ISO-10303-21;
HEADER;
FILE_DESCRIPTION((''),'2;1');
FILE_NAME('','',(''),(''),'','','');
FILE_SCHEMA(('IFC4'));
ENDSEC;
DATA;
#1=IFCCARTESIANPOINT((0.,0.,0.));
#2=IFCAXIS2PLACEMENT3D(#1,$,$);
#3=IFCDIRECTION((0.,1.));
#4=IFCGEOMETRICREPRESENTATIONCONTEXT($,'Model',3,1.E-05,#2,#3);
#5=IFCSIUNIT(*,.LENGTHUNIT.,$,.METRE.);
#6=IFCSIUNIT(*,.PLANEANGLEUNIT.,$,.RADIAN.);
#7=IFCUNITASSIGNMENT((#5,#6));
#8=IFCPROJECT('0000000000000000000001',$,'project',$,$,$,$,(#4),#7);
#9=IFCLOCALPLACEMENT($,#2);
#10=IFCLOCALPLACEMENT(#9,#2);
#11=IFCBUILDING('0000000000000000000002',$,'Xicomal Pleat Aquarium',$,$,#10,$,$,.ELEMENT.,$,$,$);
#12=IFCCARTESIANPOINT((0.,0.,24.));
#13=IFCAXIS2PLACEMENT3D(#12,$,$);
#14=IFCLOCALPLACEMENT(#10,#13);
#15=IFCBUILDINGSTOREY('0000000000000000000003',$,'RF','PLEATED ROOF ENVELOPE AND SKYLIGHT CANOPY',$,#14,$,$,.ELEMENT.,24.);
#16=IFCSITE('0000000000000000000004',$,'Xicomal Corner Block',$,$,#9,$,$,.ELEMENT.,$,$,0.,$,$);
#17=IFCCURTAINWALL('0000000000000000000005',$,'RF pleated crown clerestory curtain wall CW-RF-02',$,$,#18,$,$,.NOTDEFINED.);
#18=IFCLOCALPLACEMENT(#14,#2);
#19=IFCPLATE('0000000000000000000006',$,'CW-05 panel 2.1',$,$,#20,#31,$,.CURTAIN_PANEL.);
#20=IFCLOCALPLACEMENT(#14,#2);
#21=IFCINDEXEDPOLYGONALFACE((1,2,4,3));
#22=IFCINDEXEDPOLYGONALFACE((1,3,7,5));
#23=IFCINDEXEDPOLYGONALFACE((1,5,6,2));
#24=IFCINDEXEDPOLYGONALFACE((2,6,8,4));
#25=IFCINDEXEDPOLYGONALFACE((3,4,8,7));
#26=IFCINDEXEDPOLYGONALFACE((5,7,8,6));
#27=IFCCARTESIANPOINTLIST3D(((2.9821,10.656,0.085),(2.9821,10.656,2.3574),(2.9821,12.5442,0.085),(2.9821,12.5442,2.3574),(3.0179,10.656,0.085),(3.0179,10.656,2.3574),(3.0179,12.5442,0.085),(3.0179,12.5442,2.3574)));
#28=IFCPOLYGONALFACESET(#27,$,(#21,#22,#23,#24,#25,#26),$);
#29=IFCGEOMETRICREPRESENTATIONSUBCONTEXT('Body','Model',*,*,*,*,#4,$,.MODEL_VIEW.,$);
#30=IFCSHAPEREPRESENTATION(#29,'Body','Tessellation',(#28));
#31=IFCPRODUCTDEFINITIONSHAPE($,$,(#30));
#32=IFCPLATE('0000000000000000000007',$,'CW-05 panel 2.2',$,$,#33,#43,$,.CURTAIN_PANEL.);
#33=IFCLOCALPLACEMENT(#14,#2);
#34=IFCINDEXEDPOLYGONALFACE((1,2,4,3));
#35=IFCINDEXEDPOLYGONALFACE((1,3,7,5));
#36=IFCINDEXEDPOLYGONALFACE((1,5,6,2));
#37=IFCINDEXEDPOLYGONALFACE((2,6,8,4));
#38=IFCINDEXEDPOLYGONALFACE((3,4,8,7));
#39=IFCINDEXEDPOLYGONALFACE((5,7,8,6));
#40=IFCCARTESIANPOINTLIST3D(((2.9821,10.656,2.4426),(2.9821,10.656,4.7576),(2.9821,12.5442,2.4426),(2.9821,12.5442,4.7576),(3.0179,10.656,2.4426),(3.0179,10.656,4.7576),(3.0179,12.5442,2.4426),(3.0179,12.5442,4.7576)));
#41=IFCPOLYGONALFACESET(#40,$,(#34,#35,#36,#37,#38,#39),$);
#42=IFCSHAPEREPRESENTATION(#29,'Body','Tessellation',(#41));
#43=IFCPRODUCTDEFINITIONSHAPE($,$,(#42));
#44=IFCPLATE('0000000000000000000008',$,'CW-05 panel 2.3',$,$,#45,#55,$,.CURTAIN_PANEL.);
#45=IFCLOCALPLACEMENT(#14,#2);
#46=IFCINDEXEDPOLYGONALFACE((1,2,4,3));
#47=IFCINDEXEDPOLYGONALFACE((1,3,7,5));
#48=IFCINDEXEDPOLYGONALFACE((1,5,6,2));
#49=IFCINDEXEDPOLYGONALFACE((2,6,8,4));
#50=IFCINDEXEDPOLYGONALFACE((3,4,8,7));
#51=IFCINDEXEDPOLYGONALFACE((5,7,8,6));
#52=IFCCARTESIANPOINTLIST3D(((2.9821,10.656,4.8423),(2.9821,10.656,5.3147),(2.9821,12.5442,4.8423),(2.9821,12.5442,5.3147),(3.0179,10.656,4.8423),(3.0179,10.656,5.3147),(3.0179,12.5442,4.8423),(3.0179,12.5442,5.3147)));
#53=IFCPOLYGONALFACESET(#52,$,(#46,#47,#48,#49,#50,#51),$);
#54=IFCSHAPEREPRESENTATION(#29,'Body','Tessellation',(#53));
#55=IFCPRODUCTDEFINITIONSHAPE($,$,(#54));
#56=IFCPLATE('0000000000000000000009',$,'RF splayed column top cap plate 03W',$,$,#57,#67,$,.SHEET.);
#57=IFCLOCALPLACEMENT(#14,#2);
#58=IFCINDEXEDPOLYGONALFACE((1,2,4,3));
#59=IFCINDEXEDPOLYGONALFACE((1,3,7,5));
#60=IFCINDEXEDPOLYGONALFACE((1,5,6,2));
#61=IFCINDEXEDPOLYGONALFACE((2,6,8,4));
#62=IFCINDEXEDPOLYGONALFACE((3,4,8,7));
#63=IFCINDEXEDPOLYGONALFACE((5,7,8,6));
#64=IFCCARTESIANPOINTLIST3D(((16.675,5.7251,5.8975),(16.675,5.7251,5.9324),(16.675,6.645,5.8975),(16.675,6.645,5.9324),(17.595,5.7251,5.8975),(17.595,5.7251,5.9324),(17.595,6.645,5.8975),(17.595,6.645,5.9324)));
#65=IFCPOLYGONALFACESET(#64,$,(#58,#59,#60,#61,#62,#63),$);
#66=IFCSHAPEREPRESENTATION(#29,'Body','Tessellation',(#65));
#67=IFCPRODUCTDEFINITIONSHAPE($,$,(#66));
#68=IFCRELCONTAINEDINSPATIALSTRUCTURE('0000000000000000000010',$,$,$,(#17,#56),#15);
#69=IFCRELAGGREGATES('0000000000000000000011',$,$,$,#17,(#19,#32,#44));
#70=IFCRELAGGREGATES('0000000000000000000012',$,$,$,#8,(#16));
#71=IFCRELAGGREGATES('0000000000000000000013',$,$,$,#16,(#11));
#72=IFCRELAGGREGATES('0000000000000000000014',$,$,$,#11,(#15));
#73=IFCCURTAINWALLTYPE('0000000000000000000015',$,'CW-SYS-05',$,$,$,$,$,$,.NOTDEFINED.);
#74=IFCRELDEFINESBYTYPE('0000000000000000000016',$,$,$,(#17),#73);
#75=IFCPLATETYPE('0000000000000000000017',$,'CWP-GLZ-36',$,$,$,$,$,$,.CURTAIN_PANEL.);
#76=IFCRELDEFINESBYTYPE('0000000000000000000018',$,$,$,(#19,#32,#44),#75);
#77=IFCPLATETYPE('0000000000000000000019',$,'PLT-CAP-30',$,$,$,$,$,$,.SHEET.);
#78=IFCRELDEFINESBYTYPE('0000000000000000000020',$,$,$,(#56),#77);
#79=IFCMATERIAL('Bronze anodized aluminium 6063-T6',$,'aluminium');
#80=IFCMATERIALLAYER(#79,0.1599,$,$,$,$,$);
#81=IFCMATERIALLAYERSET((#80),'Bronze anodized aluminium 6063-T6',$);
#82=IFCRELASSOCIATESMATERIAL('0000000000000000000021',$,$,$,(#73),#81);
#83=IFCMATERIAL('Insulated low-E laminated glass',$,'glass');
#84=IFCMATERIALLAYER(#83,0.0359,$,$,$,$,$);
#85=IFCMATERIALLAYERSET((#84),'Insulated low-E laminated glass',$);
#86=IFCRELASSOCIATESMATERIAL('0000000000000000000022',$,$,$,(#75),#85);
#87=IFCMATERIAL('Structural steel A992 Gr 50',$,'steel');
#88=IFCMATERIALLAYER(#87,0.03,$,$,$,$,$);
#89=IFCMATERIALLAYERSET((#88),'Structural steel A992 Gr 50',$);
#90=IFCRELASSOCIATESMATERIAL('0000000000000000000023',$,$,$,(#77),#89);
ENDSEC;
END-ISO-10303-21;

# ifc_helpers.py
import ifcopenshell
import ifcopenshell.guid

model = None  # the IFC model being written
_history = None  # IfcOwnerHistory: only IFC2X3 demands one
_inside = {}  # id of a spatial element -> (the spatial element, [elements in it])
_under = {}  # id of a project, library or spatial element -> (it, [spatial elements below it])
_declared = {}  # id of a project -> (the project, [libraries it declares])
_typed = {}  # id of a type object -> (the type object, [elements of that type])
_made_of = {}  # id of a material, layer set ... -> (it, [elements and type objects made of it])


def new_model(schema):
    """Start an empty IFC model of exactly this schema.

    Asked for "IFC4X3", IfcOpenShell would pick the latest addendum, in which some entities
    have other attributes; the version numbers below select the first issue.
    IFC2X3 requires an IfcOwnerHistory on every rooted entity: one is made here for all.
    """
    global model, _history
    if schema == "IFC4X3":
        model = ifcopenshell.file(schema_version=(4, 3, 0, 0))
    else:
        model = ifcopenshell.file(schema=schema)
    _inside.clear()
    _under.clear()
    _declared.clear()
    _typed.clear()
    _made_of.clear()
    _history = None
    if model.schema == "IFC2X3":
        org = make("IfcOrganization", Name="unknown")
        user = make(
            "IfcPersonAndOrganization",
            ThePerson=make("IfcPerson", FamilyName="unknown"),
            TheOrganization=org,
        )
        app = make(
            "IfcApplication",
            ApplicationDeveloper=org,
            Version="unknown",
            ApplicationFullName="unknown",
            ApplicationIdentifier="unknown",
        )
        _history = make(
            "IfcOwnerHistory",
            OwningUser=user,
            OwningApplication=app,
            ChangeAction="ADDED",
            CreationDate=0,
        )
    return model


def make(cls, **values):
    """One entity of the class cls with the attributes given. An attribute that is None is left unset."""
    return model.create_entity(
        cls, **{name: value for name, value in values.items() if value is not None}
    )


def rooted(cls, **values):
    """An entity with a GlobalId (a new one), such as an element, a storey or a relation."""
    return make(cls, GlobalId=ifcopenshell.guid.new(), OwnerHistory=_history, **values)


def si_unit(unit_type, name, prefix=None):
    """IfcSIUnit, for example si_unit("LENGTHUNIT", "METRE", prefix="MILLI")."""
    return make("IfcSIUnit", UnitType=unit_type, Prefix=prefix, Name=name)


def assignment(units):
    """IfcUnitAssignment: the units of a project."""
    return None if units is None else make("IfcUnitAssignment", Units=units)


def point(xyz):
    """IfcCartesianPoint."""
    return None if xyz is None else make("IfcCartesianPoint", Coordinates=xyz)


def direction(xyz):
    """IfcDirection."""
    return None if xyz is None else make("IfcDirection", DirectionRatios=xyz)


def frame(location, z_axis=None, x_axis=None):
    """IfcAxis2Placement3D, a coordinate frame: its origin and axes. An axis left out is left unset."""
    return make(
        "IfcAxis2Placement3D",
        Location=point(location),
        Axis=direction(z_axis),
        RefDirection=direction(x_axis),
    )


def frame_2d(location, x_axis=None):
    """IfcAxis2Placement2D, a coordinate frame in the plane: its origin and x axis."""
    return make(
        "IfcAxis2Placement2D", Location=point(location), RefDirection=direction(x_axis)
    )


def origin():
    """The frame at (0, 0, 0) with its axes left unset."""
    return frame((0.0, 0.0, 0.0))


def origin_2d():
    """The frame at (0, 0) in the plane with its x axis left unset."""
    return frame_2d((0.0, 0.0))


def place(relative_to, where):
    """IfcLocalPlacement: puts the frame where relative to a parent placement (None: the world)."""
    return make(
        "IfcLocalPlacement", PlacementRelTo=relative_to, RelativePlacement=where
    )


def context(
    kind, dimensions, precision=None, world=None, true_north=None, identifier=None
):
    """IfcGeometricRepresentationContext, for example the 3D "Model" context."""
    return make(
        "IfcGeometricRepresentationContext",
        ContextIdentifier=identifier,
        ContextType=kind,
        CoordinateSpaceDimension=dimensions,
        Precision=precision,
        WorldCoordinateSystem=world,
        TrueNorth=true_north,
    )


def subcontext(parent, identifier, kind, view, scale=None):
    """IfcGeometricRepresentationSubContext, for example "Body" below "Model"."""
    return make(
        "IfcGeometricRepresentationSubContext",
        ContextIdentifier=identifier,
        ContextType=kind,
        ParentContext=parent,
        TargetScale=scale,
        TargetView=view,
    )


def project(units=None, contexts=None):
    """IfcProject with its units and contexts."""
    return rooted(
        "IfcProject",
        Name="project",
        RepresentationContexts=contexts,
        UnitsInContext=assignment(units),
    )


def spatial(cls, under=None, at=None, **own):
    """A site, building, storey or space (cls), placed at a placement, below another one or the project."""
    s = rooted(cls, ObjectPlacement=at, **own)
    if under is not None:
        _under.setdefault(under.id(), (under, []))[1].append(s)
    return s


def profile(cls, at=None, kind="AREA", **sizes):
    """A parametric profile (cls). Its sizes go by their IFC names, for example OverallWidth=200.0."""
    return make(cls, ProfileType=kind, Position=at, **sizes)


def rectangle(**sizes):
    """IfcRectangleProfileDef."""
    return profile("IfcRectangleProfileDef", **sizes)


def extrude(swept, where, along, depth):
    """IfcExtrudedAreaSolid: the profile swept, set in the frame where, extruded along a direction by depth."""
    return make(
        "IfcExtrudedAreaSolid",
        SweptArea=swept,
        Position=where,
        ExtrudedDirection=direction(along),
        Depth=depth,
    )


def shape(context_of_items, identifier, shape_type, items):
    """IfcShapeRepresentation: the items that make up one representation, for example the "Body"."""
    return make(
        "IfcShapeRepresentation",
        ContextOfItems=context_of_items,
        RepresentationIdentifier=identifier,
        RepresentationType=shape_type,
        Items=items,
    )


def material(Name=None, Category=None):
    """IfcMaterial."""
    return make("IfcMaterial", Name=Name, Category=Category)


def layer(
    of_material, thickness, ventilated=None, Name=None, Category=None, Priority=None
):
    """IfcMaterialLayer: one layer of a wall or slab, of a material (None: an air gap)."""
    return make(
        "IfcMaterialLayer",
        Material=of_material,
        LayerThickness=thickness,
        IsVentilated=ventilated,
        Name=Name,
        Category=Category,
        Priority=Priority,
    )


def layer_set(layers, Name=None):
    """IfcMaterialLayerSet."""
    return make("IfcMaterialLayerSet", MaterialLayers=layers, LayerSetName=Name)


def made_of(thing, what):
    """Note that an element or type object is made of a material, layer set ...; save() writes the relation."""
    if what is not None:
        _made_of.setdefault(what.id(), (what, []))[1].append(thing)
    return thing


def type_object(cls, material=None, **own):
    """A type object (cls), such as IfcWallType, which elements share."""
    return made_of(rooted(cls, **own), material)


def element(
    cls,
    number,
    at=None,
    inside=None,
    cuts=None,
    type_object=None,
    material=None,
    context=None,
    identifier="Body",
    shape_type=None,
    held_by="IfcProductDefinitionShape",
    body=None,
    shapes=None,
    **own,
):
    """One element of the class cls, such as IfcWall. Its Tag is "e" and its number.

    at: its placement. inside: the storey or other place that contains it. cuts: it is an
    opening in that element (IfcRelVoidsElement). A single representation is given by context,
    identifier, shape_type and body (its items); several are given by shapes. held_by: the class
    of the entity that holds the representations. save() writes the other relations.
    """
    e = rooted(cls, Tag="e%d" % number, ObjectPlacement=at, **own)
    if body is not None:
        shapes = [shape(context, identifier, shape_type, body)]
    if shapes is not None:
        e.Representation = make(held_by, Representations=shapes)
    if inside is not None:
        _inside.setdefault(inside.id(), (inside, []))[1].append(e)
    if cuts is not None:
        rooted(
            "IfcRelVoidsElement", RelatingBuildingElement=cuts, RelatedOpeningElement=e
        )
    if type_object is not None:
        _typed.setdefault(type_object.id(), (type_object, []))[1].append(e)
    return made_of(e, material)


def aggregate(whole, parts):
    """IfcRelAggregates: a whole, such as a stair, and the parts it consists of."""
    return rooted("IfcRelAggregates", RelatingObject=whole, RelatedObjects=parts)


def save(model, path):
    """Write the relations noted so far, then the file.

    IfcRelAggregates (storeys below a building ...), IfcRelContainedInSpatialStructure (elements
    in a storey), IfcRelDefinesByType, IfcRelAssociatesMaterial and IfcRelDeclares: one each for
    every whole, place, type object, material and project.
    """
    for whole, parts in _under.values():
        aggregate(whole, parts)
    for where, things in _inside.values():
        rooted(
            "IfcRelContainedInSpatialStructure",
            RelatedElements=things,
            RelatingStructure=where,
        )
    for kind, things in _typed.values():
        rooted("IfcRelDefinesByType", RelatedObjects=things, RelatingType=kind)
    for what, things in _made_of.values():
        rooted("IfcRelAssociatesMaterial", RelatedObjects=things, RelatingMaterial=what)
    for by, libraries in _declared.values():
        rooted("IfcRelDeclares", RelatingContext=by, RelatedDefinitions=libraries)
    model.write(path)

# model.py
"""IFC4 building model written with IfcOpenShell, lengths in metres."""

from ifc_helpers import new_model, si_unit, direction, frame, origin, origin_2d, place, context, subcontext, project, spatial, rectangle, extrude, material, layer, layer_set, type_object, element, aggregate, save


model = new_model("IFC4")

# Units and contexts
model_context = context("Model", 3, precision=1e-05, world=origin(), true_north=direction((0.0, 1.0)))
body_context = subcontext(model_context, "Body", "Model", "MODEL_VIEW")
ifc_project = project(units=[si_unit("LENGTHUNIT", "METRE"), si_unit("PLANEANGLEUNIT", "RADIAN")], contexts=[model_context])

# Site, building, storey
site_placement = place(None, origin())
site = spatial("IfcSite", under=ifc_project, at=site_placement, Name="Xicomal Corner Block", CompositionType="ELEMENT", RefElevation=0.0)
building_placement = place(site_placement, origin())
building = spatial("IfcBuilding", under=site, at=building_placement, Name="Xicomal Pleat Aquarium", CompositionType="ELEMENT")
storey_placement = place(building_placement, frame((0.0, 0.0, 24.0)))
storey = spatial("IfcBuildingStorey", under=building, at=storey_placement, Name="RF", Description="PLEATED ROOF ENVELOPE AND SKYLIGHT CANOPY", CompositionType="ELEMENT", Elevation=24.0)

# Curtain wall, plates
ifc_material_1 = material(Name="Bronze anodized aluminium 6063-T6", Category="aluminium")
ifc_layer_1 = layer(ifc_material_1, 0.1599)
ifc_layer_set_1 = layer_set([ifc_layer_1], Name="Bronze anodized aluminium 6063-T6")
curtain_wall_type = type_object("IfcCurtainWallType", Name="CW-SYS-05", PredefinedType="NOTDEFINED", material=ifc_layer_set_1)
curtain_wall_placement = place(storey_placement, origin())
curtain_wall = element("IfcCurtainWall", 1, at=curtain_wall_placement, inside=storey, type_object=curtain_wall_type, Name="RF pleated crown clerestory curtain wall CW-RF-02", PredefinedType="NOTDEFINED")
ifc_material_2 = material(Name="Insulated low-E laminated glass", Category="glass")
ifc_layer_2 = layer(ifc_material_2, 0.0359)
ifc_layer_set_2 = layer_set([ifc_layer_2], Name="Insulated low-E laminated glass")
plate_type_1 = type_object("IfcPlateType", Name="CWP-GLZ-36", PredefinedType="CURTAIN_PANEL", material=ifc_layer_set_2)
plate_1_placement = place(storey_placement, frame((3.0, 11.6001, 0.085), z_axis=(0.0, 0.0, 1.0), x_axis=(0.0, 1.0, 0.0)))
plate_1 = element("IfcPlate", 2, at=plate_1_placement, type_object=plate_type_1, Name="CW-05 panel 2.1", PredefinedType="CURTAIN_PANEL", context=body_context, shape_type="SweptSolid", body=[
    extrude(rectangle(XDim=1.8882, YDim=0.0359, at=origin_2d()), origin(), (0.0, 0.0, 1.0), 2.2725),
])
plate_2_placement = place(storey_placement, frame((3.0, 11.6001, 2.4426), z_axis=(0.0, 0.0, 1.0), x_axis=(0.0, 1.0, 0.0)))
plate_2 = element("IfcPlate", 3, at=plate_2_placement, type_object=plate_type_1, Name="CW-05 panel 2.2", PredefinedType="CURTAIN_PANEL", context=body_context, shape_type="SweptSolid", body=[
    extrude(rectangle(XDim=1.8882, YDim=0.0359, at=origin_2d()), origin(), (0.0, 0.0, 1.0), 2.3149),
])
plate_3_placement = place(storey_placement, frame((3.0, 11.6001, 4.8423), z_axis=(0.0, 0.0, 1.0), x_axis=(0.0, 1.0, 0.0)))
plate_3 = element("IfcPlate", 4, at=plate_3_placement, type_object=plate_type_1, Name="CW-05 panel 2.3", PredefinedType="CURTAIN_PANEL", context=body_context, shape_type="SweptSolid", body=[
    extrude(rectangle(XDim=1.8882, YDim=0.0359, at=origin_2d()), origin(), (0.0, 0.0, 1.0), 0.4724),
])
aggregate(curtain_wall, [plate_1, plate_2, plate_3])

# Plate
ifc_material_3 = material(Name="Structural steel A992 Gr 50", Category="steel")
ifc_layer_3 = layer(ifc_material_3, 0.03)
ifc_layer_set_3 = layer_set([ifc_layer_3], Name="Structural steel A992 Gr 50")
plate_type_2 = type_object("IfcPlateType", Name="PLT-CAP-30", PredefinedType="SHEET", material=ifc_layer_set_3)
plate_4_placement = place(storey_placement, frame((17.135, 6.1851, 5.8975), z_axis=(0.0, 0.0, 1.0), x_axis=(1.0, 0.0, 0.0)))
element("IfcPlate", 5, at=plate_4_placement, inside=storey, type_object=plate_type_2, Name="RF splayed column top cap plate 03W", PredefinedType="SHEET", context=body_context, shape_type="SweptSolid", body=[
    extrude(rectangle(XDim=0.9199, YDim=0.9199, at=origin_2d()), origin(), (0.0, 0.0, 1.0), 0.0349),
])

save(model, "model.ifc")
